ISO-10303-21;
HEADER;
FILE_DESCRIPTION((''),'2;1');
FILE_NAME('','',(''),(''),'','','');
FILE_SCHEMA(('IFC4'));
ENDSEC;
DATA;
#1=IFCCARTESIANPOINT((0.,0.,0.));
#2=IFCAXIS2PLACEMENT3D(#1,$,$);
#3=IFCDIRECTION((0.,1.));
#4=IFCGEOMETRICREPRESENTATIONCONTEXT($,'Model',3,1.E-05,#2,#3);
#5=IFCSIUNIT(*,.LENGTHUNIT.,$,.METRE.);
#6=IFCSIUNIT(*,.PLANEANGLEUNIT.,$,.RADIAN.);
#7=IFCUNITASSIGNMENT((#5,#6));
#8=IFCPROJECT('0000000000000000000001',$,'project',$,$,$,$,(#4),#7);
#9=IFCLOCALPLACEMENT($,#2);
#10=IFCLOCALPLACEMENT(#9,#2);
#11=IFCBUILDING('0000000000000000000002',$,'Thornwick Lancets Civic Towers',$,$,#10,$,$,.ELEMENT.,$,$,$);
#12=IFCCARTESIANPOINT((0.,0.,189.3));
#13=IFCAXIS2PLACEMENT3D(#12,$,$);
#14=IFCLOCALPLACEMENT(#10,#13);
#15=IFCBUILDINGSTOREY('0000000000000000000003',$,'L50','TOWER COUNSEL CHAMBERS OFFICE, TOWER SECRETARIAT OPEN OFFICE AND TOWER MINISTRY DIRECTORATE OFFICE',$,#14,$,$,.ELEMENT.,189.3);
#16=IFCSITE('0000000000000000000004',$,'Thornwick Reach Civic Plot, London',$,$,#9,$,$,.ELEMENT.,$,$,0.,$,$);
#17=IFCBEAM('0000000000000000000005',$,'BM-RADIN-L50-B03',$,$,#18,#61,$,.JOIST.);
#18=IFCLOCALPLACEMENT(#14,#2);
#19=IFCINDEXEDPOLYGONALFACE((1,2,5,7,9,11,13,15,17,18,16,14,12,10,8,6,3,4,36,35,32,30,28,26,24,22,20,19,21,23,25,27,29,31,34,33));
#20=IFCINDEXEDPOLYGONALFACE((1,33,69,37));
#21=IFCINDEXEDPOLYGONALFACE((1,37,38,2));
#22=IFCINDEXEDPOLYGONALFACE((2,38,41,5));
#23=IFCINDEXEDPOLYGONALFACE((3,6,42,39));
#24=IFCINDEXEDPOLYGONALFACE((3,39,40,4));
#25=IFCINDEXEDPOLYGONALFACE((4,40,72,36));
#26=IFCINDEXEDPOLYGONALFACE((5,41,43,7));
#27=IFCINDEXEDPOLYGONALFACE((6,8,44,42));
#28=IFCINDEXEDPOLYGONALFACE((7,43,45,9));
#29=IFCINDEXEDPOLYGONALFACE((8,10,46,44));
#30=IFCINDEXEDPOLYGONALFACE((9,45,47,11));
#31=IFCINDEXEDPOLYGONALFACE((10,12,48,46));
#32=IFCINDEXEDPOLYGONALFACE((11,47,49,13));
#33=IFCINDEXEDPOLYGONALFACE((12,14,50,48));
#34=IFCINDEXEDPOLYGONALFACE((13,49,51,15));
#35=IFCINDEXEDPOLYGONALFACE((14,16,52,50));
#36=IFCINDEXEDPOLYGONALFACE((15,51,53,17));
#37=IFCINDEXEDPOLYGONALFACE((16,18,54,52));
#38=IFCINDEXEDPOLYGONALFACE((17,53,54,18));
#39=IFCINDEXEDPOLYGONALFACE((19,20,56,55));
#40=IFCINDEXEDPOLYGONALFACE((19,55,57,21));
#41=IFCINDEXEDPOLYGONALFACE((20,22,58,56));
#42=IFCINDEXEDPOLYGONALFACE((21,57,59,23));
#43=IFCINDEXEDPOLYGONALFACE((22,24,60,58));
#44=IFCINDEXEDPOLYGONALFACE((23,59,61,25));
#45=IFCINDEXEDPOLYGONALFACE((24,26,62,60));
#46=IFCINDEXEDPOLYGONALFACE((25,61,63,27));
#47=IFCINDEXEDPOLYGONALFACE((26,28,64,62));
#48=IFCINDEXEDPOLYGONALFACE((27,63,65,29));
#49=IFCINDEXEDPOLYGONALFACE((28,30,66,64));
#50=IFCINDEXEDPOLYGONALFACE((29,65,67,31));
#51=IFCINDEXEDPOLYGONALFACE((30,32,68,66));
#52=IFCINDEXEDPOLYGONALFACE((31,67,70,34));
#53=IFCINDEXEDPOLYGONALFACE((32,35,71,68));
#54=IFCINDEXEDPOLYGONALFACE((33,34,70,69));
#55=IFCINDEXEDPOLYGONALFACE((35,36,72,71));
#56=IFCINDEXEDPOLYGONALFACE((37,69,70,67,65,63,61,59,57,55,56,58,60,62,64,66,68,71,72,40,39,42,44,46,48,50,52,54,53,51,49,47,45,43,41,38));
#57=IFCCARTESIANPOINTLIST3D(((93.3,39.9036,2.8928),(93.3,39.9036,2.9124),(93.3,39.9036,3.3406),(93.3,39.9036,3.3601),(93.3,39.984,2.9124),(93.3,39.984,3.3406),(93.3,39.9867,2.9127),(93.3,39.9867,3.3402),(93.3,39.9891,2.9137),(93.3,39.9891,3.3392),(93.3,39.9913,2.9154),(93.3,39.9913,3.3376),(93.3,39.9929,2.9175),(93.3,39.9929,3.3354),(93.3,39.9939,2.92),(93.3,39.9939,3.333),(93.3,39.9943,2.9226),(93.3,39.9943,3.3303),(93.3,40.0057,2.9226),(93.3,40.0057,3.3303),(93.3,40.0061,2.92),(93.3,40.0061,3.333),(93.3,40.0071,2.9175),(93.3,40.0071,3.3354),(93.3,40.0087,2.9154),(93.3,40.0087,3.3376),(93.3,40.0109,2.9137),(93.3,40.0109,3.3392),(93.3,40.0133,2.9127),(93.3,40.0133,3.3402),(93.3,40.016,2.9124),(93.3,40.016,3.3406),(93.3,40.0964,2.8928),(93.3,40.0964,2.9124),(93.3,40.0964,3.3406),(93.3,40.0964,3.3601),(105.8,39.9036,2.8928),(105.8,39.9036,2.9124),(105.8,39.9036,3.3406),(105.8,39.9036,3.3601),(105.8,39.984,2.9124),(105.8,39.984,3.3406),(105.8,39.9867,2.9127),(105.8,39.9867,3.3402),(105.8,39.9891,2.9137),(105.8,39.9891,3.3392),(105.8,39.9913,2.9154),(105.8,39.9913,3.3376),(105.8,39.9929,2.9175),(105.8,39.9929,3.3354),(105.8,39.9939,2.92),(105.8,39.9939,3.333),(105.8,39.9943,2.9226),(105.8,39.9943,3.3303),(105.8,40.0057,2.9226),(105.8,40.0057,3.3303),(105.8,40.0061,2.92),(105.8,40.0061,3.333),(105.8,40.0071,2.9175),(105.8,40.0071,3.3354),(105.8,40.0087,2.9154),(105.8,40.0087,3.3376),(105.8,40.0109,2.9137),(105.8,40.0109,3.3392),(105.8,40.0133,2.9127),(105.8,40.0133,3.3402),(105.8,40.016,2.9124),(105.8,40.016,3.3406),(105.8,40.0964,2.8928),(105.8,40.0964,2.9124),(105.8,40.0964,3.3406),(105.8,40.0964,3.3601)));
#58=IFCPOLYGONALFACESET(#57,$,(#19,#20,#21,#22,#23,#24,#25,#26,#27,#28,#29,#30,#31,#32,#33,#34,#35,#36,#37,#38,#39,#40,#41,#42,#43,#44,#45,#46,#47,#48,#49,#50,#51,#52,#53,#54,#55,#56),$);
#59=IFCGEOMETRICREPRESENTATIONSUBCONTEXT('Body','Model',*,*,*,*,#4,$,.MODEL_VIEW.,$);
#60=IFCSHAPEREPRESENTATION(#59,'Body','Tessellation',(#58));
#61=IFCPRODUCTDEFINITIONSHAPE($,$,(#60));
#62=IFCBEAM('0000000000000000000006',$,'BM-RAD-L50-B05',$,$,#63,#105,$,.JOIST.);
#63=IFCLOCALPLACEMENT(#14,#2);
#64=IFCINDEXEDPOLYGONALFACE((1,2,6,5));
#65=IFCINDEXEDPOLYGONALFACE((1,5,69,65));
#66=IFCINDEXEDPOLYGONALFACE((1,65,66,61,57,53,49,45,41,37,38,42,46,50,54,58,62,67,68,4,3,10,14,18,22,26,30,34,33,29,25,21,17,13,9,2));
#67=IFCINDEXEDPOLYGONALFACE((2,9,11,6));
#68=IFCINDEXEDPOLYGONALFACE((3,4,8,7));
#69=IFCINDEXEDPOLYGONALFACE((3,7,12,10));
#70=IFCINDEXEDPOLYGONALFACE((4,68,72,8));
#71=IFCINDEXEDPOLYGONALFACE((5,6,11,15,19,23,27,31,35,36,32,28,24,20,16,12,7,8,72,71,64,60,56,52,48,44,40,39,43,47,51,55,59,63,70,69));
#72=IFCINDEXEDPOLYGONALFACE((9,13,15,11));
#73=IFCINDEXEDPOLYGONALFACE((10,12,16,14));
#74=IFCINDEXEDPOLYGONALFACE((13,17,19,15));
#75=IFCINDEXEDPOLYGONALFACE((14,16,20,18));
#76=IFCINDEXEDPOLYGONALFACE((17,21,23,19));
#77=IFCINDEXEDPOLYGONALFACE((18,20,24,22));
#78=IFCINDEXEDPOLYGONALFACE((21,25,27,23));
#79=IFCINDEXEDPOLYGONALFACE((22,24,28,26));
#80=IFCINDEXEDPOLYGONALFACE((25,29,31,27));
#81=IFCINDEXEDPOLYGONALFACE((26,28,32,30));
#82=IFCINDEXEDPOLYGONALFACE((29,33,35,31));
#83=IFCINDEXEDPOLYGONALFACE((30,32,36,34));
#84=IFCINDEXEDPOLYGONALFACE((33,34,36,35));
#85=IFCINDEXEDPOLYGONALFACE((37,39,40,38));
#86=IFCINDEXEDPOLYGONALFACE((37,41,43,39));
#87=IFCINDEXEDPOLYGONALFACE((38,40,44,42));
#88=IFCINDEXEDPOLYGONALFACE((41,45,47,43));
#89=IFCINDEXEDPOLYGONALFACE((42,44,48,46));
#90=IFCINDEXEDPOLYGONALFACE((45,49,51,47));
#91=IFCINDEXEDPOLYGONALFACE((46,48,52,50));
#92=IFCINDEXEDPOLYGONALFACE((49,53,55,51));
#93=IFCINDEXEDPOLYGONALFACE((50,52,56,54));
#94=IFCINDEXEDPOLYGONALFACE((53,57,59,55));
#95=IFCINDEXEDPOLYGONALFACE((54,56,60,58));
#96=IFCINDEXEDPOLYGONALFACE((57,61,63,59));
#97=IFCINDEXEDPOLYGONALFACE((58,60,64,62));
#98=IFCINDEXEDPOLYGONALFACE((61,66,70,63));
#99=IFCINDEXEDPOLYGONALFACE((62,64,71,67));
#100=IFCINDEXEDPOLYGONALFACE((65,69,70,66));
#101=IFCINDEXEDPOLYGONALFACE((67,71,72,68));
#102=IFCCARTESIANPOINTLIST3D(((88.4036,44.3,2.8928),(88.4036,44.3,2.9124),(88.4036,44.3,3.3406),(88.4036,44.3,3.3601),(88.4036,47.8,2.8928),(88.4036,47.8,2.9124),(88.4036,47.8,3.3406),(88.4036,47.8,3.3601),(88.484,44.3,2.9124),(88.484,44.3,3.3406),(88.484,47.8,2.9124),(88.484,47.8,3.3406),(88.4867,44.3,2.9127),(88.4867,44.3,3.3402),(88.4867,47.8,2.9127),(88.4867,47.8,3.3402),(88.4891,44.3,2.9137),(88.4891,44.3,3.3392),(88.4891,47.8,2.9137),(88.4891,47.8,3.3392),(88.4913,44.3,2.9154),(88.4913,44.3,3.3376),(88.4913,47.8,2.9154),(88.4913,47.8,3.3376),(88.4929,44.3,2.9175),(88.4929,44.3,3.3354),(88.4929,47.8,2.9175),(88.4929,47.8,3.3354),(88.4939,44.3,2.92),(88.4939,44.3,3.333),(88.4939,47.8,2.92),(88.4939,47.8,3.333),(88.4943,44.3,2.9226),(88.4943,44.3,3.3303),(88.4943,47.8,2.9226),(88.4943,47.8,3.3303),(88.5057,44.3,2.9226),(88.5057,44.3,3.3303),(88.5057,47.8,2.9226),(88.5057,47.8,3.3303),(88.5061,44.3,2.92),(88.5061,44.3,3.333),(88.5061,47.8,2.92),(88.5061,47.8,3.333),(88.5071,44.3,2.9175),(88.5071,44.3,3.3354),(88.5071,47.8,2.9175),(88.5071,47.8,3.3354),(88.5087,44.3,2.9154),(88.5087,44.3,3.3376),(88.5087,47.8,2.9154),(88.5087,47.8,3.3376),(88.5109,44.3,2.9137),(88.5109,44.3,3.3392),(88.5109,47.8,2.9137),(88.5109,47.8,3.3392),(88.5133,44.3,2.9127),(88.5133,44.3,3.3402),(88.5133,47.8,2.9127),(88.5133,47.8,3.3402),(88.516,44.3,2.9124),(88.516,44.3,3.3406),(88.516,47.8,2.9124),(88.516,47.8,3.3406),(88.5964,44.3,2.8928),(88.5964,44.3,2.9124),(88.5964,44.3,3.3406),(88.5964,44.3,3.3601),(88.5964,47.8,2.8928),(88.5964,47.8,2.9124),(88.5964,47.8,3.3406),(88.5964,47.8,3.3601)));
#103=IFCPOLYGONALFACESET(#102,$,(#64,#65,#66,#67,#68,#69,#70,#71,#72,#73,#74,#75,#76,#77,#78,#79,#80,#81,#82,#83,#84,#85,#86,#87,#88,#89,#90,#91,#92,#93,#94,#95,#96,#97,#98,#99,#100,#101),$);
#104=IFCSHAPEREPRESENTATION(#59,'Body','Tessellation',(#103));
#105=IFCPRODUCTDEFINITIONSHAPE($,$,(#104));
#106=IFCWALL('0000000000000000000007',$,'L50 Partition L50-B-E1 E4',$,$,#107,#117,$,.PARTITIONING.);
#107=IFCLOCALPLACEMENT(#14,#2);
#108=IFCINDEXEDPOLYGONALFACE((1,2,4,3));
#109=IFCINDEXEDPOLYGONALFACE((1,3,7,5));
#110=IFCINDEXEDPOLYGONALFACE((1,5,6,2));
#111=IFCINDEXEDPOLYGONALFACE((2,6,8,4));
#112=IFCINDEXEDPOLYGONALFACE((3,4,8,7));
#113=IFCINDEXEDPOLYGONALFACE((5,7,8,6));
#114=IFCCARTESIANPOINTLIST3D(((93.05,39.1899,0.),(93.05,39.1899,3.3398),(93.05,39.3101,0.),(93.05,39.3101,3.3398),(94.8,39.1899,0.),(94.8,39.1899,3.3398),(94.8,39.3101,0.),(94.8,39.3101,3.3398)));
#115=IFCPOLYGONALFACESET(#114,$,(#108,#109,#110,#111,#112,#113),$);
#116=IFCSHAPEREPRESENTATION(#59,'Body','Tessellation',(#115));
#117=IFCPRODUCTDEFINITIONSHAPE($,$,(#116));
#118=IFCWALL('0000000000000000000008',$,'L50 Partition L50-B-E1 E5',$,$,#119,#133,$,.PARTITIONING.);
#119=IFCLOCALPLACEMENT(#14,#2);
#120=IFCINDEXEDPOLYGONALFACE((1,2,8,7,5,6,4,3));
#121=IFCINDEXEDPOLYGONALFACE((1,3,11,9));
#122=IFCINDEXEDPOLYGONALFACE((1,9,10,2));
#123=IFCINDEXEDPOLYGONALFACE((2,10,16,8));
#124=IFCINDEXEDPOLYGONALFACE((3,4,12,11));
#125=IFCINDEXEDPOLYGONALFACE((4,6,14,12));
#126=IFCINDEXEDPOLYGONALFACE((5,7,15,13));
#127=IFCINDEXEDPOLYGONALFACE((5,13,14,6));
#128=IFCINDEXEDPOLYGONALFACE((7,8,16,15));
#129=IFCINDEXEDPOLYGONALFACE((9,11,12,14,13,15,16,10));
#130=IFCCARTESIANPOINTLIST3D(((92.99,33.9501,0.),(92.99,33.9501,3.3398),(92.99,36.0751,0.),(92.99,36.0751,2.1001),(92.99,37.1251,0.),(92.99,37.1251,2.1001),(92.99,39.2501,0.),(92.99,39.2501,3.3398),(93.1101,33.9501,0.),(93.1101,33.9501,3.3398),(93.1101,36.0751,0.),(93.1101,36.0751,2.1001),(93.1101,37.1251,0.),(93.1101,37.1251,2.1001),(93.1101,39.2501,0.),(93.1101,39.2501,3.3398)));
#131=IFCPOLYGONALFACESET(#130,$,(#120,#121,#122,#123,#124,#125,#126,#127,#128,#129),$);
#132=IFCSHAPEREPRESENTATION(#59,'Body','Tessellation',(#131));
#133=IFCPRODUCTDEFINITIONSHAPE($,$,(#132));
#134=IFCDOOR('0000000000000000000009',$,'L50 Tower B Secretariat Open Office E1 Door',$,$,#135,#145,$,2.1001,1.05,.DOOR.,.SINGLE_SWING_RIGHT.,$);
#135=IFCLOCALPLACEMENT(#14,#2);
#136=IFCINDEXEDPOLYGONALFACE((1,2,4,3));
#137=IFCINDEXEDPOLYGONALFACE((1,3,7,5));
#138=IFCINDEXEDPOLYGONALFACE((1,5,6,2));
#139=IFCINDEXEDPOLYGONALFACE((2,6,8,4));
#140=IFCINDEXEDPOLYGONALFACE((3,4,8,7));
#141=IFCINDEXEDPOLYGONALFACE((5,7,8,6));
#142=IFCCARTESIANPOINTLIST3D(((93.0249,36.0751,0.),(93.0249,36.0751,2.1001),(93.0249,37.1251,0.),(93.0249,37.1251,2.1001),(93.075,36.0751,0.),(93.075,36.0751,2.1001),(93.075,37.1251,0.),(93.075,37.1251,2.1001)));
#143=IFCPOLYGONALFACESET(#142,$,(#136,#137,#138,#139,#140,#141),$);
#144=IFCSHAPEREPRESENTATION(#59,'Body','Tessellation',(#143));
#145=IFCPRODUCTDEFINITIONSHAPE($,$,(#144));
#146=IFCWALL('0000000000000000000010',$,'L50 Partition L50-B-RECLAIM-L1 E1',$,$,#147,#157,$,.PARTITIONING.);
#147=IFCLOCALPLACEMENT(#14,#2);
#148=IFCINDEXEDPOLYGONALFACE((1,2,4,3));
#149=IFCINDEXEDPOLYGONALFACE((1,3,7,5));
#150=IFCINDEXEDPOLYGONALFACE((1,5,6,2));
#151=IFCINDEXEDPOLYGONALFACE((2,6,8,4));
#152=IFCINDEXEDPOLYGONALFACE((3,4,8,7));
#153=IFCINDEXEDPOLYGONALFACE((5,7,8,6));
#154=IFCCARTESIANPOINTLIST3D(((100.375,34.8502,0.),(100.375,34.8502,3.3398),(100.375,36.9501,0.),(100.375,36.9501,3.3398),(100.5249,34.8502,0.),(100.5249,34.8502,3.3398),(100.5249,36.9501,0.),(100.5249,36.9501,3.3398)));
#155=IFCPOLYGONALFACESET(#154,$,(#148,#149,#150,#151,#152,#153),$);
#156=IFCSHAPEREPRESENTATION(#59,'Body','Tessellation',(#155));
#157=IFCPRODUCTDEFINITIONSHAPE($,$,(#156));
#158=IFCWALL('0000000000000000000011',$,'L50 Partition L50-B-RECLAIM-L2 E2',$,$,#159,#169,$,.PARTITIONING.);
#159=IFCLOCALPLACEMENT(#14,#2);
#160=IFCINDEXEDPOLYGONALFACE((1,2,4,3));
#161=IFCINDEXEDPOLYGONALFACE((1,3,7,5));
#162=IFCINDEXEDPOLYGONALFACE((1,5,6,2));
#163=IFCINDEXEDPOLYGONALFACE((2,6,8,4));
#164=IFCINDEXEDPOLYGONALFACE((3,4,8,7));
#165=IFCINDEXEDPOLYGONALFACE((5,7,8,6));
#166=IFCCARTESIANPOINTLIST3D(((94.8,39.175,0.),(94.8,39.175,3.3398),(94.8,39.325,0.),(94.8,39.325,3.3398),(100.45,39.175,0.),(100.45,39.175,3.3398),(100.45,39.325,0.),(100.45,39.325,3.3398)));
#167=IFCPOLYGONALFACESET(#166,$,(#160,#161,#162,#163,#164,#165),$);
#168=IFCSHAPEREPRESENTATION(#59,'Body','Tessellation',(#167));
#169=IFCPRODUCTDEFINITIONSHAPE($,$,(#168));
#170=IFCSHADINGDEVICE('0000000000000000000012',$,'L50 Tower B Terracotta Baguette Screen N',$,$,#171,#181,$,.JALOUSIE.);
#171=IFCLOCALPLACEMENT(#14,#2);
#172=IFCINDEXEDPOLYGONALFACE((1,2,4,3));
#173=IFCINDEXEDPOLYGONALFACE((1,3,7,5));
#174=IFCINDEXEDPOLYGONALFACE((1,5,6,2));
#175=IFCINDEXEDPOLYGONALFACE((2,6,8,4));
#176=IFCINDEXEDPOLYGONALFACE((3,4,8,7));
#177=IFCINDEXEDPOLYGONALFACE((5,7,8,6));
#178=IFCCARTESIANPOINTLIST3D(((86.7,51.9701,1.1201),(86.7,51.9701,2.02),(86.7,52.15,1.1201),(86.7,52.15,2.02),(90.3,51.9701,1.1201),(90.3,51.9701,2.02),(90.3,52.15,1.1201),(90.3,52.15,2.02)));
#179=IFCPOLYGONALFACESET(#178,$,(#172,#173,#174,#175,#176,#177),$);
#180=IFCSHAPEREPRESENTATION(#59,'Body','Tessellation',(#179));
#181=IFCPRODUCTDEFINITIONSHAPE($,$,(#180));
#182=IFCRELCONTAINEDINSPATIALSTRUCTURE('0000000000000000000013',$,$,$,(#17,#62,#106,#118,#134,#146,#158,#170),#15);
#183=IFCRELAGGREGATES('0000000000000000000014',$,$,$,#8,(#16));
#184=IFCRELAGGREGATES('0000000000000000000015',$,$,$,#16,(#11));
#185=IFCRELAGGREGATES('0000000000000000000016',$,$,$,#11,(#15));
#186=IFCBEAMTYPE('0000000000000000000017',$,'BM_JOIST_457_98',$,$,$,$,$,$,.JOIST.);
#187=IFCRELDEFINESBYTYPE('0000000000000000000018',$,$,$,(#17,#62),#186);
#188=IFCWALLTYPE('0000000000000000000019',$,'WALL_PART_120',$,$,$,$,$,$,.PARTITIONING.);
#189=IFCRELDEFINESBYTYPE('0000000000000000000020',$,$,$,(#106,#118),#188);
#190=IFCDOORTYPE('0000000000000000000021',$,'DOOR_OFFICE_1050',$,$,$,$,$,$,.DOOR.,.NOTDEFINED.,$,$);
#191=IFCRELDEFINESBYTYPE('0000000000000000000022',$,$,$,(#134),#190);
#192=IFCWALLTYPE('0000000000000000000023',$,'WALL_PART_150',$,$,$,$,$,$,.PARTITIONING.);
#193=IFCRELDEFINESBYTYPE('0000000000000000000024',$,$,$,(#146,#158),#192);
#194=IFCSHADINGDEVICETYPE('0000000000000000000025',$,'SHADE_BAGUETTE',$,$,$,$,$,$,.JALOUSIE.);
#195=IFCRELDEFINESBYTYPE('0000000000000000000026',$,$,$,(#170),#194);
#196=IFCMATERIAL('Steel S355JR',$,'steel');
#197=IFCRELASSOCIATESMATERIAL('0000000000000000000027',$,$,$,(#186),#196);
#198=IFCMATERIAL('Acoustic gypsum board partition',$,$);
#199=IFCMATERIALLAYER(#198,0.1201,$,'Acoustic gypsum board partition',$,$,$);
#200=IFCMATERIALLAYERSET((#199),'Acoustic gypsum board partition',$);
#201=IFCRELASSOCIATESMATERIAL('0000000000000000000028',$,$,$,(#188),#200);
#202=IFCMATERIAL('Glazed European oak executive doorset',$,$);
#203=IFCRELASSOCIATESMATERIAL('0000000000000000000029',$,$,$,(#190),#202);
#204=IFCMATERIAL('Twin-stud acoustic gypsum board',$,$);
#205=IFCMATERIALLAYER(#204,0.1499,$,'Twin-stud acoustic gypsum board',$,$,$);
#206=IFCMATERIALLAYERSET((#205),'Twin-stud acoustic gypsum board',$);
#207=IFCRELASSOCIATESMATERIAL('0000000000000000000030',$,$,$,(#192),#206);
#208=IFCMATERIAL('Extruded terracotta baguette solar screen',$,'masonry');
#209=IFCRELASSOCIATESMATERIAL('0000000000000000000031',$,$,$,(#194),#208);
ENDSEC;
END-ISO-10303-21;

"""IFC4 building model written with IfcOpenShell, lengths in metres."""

from ifc_helpers import new_model, si_unit, direction, frame, frame_2d, origin, origin_2d, place, context, subcontext, project, spatial, rectangle, i_section, extrude, material, layer, layer_set, material_profile, profile_set, type_object, element, fill, save


model = new_model("IFC4")

# Units and contexts
model_context = context("Model", 3, precision=1e-05, world=origin(), true_north=direction((0.0, 1.0)))
body_context = subcontext(model_context, "Body", "Model", "MODEL_VIEW")
ifc_project = project(units=[si_unit("LENGTHUNIT", "METRE"), si_unit("PLANEANGLEUNIT", "RADIAN")], contexts=[model_context])

# Site, building, storey
site_placement = place(None, origin())
site = spatial("IfcSite", under=ifc_project, at=site_placement, Name="Thornwick Reach Civic Plot, London", CompositionType="ELEMENT", RefElevation=0.0)
building_placement = place(site_placement, origin())
building = spatial("IfcBuilding", under=site, at=building_placement, Name="Thornwick Lancets Civic Towers", CompositionType="ELEMENT")
storey_placement = place(building_placement, frame((0.0, 0.0, 189.3)))
storey = spatial("IfcBuildingStorey", under=building, at=storey_placement, Name="L50", Description="TOWER COUNSEL CHAMBERS OFFICE, TOWER SECRETARIAT OPEN OFFICE AND TOWER MINISTRY DIRECTORATE OFFICE", CompositionType="ELEMENT", Elevation=189.3)

# Beams
ifc_material_1 = material(Name="Steel S355JR", Category="steel")
ifc_material_profile_1 = material_profile(ifc_material_1, i_section(OverallWidth=0.1929, OverallDepth=0.4673, WebThickness=0.0115, FlangeThickness=0.0195, FilletRadius=0.0103, at=origin_2d()), Name="UKB 457x191x98")
ifc_profile_set_1 = profile_set([ifc_material_profile_1], Name="Steel S355JR")
beam_type_1 = type_object("IfcBeamType", Name="BM_JOIST_457_98", PredefinedType="JOIST", material=ifc_profile_set_1)
beam_1_placement = place(storey_placement, frame((93.3, 40.0, 3.1265), z_axis=(1.0, 0.0, 0.0), x_axis=(0.0, 1.0, 0.0)))
element("IfcBeam", 1, at=beam_1_placement, inside=storey, type_object=beam_type_1, Name="BM-RADIN-L50-B03", PredefinedType="JOIST", context=body_context, shape_type="SweptSolid", body=[
    extrude(i_section(OverallWidth=0.1929, OverallDepth=0.4673, WebThickness=0.0115, FlangeThickness=0.0195, FilletRadius=0.0103, at=origin_2d()), origin(), (0.0, 0.0, 1.0), 12.5),
])
beam_2_placement = place(storey_placement, frame((88.5, 44.3, 3.1265), z_axis=(0.0, 1.0, 0.0), x_axis=(-1.0, 0.0, 0.0)))
element("IfcBeam", 2, at=beam_2_placement, inside=storey, type_object=beam_type_1, Name="BM-RAD-L50-B05", PredefinedType="JOIST", context=body_context, shape_type="SweptSolid", body=[
    extrude(i_section(OverallWidth=0.1929, OverallDepth=0.4673, WebThickness=0.0115, FlangeThickness=0.0195, FilletRadius=0.0103, at=origin_2d()), origin(), (0.0, 0.0, 1.0), 3.5),
])

# Wall
ifc_material_2 = material(Name="Acoustic gypsum board partition")
ifc_layer_1 = layer(ifc_material_2, 0.1201, Name="Acoustic gypsum board partition")
ifc_layer_set_1 = layer_set([ifc_layer_1], Name="Acoustic gypsum board partition")
wall_type_1 = type_object("IfcWallType", Name="WALL_PART_120", PredefinedType="PARTITIONING", material=ifc_layer_set_1)
wall_1_placement = place(storey_placement, frame((94.8, 39.25, 0.0), z_axis=(0.0, 0.0, 1.0), x_axis=(-1.0, 0.0, 0.0)))
element("IfcWall", 3, at=wall_1_placement, inside=storey, type_object=wall_type_1, Name="L50 Partition L50-B-E1 E4", PredefinedType="PARTITIONING", context=body_context, shape_type="SweptSolid", body=[
    extrude(rectangle(XDim=1.75, YDim=0.1201, at=frame_2d((0.875, 0.0))), origin(), (0.0, 0.0, 1.0), 3.3398),
])

# Wall, opening, door
wall_2_placement = place(storey_placement, frame((93.05, 39.25, 0.0), z_axis=(0.0, 0.0, 1.0), x_axis=(0.0, -1.0, 0.0)))
wall_2 = element("IfcWall", 4, at=wall_2_placement, inside=storey, type_object=wall_type_1, Name="L50 Partition L50-B-E1 E5", PredefinedType="PARTITIONING", context=body_context, shape_type="SweptSolid", body=[
    extrude(rectangle(XDim=5.3, YDim=0.1201, at=frame_2d((2.6499, 0.0))), origin(), (0.0, 0.0, 1.0), 3.3398),
])
opening_1_placement = place(wall_2_placement, frame((2.125, 0.0, 0.0)))
opening_1 = element("IfcOpeningElement", 5, at=opening_1_placement, cuts=wall_2, PredefinedType="OPENING", context=body_context, shape_type="SweptSolid", body=[
    extrude(rectangle(XDim=1.05, YDim=2.1001, at=frame_2d((0.5249, 1.05))), frame((0.0, 0.0701, 0.0), z_axis=(0.0, -1.0, 0.0), x_axis=(1.0, 0.0, 0.0)), (0.0, 0.0, 1.0), 0.1401),
])
ifc_material_3 = material(Name="Glazed European oak executive doorset")
door_type_1 = type_object("IfcDoorType", Name="DOOR_OFFICE_1050", OperationType="NOTDEFINED", PredefinedType="DOOR", material=ifc_material_3)
door_1_placement = place(opening_1_placement, origin())
door_1 = element("IfcDoor", 6, at=door_1_placement, inside=storey, type_object=door_type_1, Name="L50 Tower B Secretariat Open Office E1 Door", OperationType="SINGLE_SWING_RIGHT", OverallHeight=2.1001, OverallWidth=1.05, PredefinedType="DOOR", context=body_context, shape_type="SweptSolid", body=[
    extrude(rectangle(XDim=1.05, YDim=2.1001, at=frame_2d((0.5249, 1.05))), frame((0.0, 0.0249, 0.0), z_axis=(0.0, -1.0, 0.0), x_axis=(1.0, 0.0, 0.0)), (0.0, 0.0, 1.0), 0.05),
])
fill(opening_1, door_1)

# Wall
ifc_material_4 = material(Name="Twin-stud acoustic gypsum board")
ifc_layer_2 = layer(ifc_material_4, 0.1499, Name="Twin-stud acoustic gypsum board")
ifc_layer_set_2 = layer_set([ifc_layer_2], Name="Twin-stud acoustic gypsum board")
wall_type_2 = type_object("IfcWallType", Name="WALL_PART_150", PredefinedType="PARTITIONING", material=ifc_layer_set_2)
wall_3_placement = place(storey_placement, frame((100.45, 36.95, 0.0), z_axis=(0.0, 0.0, 1.0), x_axis=(0.0, -1.0, 0.0)))
element("IfcWall", 7, at=wall_3_placement, inside=storey, type_object=wall_type_2, Name="L50 Partition L50-B-RECLAIM-L1 E1", PredefinedType="PARTITIONING", context=body_context, shape_type="SweptSolid", body=[
    extrude(rectangle(XDim=2.0999, YDim=0.1499, at=frame_2d((1.0498, 0.0))), origin(), (0.0, 0.0, 1.0), 3.3398),
])

# Wall
wall_4_placement = place(storey_placement, frame((94.8, 39.25, 0.0), z_axis=(0.0, 0.0, 1.0), x_axis=(1.0, 0.0, 0.0)))
element("IfcWall", 8, at=wall_4_placement, inside=storey, type_object=wall_type_2, Name="L50 Partition L50-B-RECLAIM-L2 E2", PredefinedType="PARTITIONING", context=body_context, shape_type="SweptSolid", body=[
    extrude(rectangle(XDim=5.6499, YDim=0.1499, at=frame_2d((2.825, 0.0))), origin(), (0.0, 0.0, 1.0), 3.3398),
])

# Shading device
ifc_material_5 = material(Name="Extruded terracotta baguette solar screen", Category="masonry")
shading_device_type = type_object("IfcShadingDeviceType", Name="SHADE_BAGUETTE", PredefinedType="JALOUSIE", material=ifc_material_5)
shading_device_placement = place(storey_placement, frame((88.5, 52.0601, 1.1201), z_axis=(0.0, 0.0, 1.0), x_axis=(1.0, 0.0, 0.0)))
element("IfcShadingDevice", 9, at=shading_device_placement, inside=storey, type_object=shading_device_type, Name="L50 Tower B Terracotta Baguette Screen N", PredefinedType="JALOUSIE", context=body_context, shape_type="SweptSolid", body=[
    extrude(rectangle(XDim=3.6001, YDim=0.1799, at=origin_2d()), origin(), (0.0, 0.0, 1.0), 0.8999),
])

save(model, "model.ifc")
